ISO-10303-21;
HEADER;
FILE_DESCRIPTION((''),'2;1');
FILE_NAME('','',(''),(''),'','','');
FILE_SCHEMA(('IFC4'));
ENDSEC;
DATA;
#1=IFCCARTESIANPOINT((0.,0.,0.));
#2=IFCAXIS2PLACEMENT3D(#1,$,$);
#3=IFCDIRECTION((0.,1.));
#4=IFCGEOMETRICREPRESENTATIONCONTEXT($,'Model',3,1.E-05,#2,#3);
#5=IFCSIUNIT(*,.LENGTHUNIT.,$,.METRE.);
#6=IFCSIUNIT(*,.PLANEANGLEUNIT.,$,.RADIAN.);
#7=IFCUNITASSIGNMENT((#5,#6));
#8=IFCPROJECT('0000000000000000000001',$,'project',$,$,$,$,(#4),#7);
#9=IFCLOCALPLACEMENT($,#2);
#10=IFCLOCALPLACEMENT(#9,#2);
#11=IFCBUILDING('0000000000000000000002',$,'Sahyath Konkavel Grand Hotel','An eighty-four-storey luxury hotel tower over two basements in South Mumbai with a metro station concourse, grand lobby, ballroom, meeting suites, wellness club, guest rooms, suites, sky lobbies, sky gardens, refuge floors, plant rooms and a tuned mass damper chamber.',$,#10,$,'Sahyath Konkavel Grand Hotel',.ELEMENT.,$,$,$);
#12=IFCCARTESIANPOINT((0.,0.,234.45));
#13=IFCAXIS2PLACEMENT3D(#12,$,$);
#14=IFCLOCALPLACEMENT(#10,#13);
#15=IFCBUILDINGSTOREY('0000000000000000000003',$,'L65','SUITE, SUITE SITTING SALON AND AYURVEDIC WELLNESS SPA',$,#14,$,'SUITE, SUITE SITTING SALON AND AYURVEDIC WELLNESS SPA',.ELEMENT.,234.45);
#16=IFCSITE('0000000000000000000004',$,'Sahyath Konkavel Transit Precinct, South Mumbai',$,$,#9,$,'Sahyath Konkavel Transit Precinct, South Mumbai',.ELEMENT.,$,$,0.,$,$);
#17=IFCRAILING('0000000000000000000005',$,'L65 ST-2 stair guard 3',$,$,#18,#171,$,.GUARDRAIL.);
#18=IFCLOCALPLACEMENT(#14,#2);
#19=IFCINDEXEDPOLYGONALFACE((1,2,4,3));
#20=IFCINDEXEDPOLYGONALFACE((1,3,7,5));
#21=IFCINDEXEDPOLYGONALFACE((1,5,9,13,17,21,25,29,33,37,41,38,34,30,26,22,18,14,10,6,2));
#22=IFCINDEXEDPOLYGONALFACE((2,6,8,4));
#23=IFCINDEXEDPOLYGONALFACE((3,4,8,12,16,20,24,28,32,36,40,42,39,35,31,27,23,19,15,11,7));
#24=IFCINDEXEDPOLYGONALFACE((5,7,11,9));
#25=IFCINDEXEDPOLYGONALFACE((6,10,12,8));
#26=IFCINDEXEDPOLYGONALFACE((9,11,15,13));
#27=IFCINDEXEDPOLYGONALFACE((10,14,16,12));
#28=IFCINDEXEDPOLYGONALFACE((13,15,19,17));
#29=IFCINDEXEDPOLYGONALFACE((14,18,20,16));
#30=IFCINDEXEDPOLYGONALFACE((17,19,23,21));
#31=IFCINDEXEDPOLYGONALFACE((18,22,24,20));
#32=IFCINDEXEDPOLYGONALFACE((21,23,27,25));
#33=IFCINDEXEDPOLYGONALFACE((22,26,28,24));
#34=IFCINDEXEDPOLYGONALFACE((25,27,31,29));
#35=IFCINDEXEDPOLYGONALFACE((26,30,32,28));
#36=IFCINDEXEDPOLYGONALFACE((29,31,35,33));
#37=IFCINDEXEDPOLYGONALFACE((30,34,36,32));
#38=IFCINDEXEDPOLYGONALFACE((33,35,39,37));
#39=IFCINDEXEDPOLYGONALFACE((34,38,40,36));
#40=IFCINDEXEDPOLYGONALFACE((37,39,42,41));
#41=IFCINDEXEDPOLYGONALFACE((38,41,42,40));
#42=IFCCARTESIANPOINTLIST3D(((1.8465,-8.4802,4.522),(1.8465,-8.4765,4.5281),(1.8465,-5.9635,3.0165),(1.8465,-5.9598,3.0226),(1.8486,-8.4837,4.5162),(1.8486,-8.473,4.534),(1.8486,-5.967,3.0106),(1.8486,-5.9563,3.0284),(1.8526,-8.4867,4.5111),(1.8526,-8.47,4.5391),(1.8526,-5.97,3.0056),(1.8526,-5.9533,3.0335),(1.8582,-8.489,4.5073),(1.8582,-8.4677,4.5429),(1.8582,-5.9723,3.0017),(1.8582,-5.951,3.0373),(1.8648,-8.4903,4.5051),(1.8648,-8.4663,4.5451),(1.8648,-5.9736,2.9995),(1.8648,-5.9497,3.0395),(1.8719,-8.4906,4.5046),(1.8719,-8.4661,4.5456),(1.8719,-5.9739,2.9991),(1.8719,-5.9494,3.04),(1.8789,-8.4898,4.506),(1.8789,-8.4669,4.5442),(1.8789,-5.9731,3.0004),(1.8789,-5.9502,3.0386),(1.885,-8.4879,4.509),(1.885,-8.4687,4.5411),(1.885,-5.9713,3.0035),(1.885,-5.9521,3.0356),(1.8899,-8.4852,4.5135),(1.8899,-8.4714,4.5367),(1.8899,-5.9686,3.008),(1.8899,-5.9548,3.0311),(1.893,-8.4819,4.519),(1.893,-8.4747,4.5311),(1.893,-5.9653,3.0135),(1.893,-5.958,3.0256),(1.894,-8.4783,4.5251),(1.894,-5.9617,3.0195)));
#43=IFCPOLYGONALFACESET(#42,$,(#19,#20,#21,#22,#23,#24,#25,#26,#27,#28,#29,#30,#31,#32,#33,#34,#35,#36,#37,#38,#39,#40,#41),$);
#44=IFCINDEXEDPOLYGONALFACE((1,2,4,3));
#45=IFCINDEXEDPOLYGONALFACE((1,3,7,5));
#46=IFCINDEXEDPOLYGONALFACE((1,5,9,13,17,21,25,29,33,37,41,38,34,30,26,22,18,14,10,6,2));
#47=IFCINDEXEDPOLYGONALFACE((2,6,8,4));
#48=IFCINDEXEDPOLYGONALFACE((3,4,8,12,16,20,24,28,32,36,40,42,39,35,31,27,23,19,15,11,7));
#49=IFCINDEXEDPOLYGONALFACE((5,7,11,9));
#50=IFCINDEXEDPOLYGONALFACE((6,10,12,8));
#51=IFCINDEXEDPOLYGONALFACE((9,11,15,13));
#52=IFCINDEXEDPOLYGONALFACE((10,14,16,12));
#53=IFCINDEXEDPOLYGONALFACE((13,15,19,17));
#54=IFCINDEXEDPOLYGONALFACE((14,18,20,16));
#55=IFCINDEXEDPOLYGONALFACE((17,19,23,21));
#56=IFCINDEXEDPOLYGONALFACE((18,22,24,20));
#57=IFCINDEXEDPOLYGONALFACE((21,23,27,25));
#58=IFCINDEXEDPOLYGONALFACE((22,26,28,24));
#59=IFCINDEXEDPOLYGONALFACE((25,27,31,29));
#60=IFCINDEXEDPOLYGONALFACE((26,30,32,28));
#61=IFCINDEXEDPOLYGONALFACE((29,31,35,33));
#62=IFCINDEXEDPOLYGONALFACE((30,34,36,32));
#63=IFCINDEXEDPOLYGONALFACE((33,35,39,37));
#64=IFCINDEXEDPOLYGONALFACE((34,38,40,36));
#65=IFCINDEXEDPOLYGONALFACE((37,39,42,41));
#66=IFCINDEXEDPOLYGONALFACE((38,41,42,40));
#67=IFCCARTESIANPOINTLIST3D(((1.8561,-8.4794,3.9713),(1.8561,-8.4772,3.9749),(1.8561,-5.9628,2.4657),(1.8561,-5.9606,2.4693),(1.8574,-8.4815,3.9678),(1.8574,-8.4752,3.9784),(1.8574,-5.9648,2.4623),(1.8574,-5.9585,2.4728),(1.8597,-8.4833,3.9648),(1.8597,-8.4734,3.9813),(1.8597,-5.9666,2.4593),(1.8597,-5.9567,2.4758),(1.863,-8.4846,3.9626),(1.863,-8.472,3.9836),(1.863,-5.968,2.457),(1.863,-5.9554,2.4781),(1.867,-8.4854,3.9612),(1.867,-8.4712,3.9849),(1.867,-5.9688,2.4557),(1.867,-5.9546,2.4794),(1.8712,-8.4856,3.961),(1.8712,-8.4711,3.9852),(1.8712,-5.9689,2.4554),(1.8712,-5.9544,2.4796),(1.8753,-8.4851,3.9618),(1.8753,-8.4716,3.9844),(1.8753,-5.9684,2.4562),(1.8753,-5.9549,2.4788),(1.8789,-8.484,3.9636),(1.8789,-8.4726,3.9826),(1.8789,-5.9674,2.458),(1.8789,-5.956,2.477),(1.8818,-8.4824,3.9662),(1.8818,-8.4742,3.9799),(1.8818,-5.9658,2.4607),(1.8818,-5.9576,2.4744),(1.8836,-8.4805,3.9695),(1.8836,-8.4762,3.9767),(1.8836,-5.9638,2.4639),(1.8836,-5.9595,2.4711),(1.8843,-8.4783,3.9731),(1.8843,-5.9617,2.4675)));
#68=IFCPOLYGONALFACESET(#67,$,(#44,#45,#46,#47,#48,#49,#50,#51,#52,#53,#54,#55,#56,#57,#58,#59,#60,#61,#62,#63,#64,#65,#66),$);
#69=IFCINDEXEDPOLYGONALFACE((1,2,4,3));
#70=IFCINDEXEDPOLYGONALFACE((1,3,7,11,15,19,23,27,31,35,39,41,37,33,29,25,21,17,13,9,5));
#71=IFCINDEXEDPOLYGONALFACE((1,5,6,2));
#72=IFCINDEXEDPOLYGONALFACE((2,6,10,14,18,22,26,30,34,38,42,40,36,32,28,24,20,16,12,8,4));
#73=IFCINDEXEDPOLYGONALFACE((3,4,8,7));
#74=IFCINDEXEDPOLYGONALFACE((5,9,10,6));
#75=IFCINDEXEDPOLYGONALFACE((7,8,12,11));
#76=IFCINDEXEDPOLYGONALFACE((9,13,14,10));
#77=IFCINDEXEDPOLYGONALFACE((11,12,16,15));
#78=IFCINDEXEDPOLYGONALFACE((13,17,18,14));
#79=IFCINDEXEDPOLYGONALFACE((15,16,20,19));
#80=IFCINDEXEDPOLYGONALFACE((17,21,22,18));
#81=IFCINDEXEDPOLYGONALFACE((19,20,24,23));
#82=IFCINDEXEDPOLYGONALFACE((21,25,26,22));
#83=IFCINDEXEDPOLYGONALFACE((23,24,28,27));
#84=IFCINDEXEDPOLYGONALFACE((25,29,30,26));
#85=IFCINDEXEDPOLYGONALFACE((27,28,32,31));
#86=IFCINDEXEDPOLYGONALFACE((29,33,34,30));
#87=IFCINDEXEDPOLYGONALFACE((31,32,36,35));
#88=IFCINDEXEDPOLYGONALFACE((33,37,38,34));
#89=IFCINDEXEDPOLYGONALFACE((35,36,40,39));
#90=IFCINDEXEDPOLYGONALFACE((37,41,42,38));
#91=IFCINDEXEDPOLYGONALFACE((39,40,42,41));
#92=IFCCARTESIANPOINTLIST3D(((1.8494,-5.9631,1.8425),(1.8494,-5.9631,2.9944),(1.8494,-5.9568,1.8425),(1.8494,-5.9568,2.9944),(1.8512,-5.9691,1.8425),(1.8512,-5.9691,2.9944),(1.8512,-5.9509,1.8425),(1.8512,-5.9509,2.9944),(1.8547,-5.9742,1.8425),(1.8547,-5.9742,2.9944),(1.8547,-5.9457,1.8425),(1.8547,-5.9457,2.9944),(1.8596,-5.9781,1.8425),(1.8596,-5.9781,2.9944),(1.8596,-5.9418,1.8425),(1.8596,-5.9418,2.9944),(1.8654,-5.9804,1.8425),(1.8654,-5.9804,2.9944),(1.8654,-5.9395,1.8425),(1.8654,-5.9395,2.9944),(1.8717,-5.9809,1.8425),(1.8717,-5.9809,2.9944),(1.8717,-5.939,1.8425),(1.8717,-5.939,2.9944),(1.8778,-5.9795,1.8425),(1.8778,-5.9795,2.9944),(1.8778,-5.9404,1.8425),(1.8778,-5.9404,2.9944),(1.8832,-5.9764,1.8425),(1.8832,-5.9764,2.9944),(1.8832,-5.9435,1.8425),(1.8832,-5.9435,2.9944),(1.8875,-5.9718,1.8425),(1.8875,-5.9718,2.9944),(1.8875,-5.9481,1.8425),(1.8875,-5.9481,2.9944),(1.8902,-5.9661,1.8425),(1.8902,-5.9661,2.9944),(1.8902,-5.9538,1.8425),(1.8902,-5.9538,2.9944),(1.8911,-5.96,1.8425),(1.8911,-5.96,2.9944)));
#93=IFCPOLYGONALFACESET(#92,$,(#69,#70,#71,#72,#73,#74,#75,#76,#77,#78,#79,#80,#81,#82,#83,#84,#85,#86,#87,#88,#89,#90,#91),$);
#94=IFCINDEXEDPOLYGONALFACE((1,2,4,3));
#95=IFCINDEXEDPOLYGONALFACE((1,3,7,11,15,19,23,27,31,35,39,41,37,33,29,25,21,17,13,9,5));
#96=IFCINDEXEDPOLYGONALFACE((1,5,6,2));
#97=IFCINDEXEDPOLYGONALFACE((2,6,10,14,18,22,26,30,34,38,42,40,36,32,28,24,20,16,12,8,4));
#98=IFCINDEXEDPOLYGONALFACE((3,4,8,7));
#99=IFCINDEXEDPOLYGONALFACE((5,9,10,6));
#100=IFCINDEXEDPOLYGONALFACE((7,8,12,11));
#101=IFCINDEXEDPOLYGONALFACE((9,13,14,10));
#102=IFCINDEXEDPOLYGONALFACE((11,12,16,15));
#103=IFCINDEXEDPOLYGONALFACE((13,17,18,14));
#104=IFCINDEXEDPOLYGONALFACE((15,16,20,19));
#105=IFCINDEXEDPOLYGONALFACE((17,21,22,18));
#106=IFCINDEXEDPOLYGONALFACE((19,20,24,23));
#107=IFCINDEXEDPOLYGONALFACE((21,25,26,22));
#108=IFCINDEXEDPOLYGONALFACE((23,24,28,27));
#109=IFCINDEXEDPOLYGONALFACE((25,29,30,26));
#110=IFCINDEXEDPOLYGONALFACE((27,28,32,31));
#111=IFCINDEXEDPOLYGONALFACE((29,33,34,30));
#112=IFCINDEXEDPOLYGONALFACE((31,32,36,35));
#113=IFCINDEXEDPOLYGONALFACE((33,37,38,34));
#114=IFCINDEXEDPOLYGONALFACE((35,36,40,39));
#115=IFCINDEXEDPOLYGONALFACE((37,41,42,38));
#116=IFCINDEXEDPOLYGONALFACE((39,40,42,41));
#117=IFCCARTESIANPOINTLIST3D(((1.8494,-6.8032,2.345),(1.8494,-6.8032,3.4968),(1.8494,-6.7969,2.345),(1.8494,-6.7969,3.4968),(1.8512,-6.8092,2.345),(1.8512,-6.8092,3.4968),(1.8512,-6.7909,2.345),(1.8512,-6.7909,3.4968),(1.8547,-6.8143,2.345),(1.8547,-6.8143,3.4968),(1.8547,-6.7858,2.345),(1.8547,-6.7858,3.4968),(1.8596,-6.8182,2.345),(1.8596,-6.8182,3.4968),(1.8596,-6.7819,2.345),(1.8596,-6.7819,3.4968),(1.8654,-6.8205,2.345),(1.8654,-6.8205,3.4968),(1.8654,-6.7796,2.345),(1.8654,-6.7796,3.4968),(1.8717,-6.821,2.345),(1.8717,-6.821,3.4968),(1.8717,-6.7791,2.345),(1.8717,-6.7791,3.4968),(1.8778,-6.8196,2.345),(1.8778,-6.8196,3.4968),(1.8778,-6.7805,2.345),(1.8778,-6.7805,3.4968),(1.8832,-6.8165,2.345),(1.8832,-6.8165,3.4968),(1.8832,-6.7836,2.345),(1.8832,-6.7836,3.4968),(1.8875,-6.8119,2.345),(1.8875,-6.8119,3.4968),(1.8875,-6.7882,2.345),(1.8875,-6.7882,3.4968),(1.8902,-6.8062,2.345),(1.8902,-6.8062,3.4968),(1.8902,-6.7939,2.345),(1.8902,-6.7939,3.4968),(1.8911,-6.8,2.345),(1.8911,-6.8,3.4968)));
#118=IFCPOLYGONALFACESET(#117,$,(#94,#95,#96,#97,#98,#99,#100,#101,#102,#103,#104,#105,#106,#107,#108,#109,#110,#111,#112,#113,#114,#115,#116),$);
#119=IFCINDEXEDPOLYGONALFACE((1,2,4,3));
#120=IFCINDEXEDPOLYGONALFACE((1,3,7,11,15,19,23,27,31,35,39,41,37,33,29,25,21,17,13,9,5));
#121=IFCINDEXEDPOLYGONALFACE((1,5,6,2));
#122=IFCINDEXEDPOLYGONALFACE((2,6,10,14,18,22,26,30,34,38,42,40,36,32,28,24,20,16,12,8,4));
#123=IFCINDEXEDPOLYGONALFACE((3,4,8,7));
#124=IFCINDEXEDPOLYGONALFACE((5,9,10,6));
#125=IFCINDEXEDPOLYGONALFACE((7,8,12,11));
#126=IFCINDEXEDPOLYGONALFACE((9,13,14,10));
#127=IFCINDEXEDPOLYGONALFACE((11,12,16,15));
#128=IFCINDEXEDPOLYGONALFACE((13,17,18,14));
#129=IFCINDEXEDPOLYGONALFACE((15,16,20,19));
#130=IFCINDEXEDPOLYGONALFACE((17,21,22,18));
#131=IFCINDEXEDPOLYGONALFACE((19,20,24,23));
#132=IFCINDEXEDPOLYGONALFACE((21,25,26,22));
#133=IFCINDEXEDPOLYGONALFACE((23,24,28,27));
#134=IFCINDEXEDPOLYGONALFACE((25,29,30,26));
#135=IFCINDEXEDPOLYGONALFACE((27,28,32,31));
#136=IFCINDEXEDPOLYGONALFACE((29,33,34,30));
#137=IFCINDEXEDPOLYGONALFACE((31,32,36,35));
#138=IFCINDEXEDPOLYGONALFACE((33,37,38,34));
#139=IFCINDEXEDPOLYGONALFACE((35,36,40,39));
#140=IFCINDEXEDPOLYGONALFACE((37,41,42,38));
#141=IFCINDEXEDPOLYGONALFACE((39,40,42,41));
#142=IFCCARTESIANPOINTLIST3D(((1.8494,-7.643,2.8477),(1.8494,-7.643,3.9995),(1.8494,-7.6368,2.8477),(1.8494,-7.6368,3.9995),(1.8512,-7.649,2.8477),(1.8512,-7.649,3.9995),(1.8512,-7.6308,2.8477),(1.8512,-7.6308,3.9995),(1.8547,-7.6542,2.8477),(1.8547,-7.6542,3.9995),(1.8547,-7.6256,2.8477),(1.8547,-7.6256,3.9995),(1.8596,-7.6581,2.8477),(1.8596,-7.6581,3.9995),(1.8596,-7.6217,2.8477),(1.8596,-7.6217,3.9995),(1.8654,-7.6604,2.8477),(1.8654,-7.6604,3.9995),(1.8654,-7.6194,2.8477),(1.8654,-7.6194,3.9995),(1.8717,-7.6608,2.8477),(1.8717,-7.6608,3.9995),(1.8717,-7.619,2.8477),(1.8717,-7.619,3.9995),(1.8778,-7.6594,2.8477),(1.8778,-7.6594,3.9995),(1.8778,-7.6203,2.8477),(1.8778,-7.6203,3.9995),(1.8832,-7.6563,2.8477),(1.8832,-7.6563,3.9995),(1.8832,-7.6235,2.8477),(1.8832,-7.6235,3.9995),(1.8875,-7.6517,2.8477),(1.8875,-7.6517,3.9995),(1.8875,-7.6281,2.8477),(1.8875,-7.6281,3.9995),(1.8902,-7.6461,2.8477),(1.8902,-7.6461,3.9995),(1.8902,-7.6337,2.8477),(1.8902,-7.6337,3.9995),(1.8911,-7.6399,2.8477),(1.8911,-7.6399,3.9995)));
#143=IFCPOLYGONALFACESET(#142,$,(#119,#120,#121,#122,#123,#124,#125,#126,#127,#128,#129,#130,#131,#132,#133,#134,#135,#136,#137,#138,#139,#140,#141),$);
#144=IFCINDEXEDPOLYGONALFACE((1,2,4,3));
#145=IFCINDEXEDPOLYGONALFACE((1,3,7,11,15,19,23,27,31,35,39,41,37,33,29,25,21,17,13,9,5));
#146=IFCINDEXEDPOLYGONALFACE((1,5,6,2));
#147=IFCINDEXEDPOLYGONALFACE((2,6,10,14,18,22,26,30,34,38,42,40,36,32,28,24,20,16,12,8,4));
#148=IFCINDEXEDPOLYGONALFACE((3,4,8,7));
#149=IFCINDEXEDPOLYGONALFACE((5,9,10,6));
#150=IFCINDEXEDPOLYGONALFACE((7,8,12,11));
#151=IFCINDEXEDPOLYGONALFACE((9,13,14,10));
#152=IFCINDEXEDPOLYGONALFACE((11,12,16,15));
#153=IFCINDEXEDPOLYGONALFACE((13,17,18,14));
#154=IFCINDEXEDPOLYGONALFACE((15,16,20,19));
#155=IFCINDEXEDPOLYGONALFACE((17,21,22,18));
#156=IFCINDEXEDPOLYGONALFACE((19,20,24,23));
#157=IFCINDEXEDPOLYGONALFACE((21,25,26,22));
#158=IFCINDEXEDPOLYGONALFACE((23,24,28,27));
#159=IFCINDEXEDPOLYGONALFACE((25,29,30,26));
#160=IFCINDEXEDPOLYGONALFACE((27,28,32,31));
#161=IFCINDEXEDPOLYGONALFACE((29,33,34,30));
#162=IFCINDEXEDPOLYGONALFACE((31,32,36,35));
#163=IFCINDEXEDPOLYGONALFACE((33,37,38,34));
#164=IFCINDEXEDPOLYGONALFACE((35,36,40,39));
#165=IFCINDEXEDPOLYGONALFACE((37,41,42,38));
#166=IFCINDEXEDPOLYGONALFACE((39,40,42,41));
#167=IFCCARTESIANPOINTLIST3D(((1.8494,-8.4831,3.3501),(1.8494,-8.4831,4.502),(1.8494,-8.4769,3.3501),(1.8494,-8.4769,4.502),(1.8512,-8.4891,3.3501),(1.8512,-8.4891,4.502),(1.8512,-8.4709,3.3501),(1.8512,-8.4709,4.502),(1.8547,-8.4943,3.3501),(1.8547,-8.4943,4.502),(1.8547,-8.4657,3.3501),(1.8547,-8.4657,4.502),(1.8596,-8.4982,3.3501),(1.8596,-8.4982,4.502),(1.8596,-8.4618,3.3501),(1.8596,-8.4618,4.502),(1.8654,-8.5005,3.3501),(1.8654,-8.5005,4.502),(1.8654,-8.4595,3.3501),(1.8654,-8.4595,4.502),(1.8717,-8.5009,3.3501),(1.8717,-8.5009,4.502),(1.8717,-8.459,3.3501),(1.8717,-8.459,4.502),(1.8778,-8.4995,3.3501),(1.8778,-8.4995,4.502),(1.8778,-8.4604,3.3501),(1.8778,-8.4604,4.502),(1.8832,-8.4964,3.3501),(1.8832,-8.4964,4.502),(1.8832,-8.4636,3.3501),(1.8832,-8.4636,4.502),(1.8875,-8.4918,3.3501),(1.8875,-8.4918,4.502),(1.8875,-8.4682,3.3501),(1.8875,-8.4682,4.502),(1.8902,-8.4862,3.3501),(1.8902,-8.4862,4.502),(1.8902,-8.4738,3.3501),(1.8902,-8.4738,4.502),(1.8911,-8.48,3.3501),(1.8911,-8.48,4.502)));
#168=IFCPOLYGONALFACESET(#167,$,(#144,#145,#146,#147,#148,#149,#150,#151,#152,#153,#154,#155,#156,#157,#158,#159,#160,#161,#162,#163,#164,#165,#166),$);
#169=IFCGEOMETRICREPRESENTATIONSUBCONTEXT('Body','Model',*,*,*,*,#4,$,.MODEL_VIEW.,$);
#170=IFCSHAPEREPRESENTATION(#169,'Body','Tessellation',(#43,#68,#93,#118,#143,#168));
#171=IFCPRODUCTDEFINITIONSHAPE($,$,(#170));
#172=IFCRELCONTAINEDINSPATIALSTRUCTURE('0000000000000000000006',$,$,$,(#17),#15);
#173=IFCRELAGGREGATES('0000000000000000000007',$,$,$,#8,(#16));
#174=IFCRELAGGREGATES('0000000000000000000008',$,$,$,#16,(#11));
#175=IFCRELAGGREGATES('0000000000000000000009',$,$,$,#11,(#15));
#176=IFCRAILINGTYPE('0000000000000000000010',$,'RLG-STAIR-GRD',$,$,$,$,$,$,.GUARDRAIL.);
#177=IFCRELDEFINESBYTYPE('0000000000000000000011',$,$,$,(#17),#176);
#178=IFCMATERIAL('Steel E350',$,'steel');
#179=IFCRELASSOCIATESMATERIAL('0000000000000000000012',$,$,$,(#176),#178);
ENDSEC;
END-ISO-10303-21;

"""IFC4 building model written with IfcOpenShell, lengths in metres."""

from ifc_helpers import new_model, si_unit, direction, frame, origin, origin_2d, place, context, subcontext, project, spatial, circle, extrude, material, type_object, element, save


model = new_model("IFC4")

# Units and contexts
model_context = context("Model", 3, precision=1e-05, world=origin(), true_north=direction((0.0, 1.0)))
body_context = subcontext(model_context, "Body", "Model", "MODEL_VIEW")
ifc_project = project(units=[si_unit("LENGTHUNIT", "METRE"), si_unit("PLANEANGLEUNIT", "RADIAN")], contexts=[model_context])

# Site, building, storey
site_placement = place(None, origin())
site = spatial("IfcSite", under=ifc_project, at=site_placement, Name="Sahyath Konkavel Transit Precinct, South Mumbai", LongName="Sahyath Konkavel Transit Precinct, South Mumbai", CompositionType="ELEMENT", RefElevation=0.0)
building_placement = place(site_placement, origin())
building = spatial("IfcBuilding", under=site, at=building_placement, Name="Sahyath Konkavel Grand Hotel", Description="An eighty-four-storey luxury hotel tower over two basements in South Mumbai with a metro station concourse, grand lobby, ballroom, meeting suites, wellness club, guest rooms, suites, sky lobbies, sky gardens, refuge floors, plant rooms and a tuned mass damper chamber.", LongName="Sahyath Konkavel Grand Hotel", CompositionType="ELEMENT")
storey_placement = place(building_placement, frame((0.0, 0.0, 234.45)))
storey = spatial("IfcBuildingStorey", under=building, at=storey_placement, Name="L65", Description="SUITE, SUITE SITTING SALON AND AYURVEDIC WELLNESS SPA", LongName="SUITE, SUITE SITTING SALON AND AYURVEDIC WELLNESS SPA", CompositionType="ELEMENT", Elevation=234.45)

# Shared definitions
ifc_material_1 = material(Name="Steel E350", Category="steel")

# Railing
railing_type_1 = type_object("IfcRailingType", Name="RLG-STAIR-GRD", PredefinedType="GUARDRAIL", material=ifc_material_1)
railing_1_placement = place(storey_placement, frame((1.8701, -5.96, 1.8425)))
element("IfcRailing", 1, at=railing_1_placement, inside=storey, type_object=railing_type_1, Name="L65 ST-2 stair guard 3", PredefinedType="GUARDRAIL", context=body_context, shape_type="SweptSolid", body=[
    extrude(circle(Radius=0.0239, at=origin_2d()), frame((0.0, -0.0017, 1.177), z_axis=(0.0, -0.85816, 0.513383), x_axis=(1.0, 0.0, 0.0)), (0.0, 0.0, 1.0), 2.9326),
    extrude(circle(Radius=0.0142, at=origin_2d()), frame((0.0, -0.0017, 0.625), z_axis=(0.0, -0.85816, 0.513383), x_axis=(1.0, 0.0, 0.0)), (0.0, 0.0, 1.0), 2.9326),
    extrude(circle(Radius=0.021, at=origin_2d()), origin(), (0.0, 0.0, 1.0), 1.1519),
    extrude(circle(Radius=0.021, at=origin_2d()), frame((0.0, -0.8401, 0.5024)), (0.0, 0.0, 1.0), 1.1519),
    extrude(circle(Radius=0.021, at=origin_2d()), frame((0.0, -1.6799, 1.0051)), (0.0, 0.0, 1.0), 1.1519),
    extrude(circle(Radius=0.021, at=origin_2d()), frame((0.0, -2.52, 1.5076)), (0.0, 0.0, 1.0), 1.1519),
])

save(model, "model.ifc")
